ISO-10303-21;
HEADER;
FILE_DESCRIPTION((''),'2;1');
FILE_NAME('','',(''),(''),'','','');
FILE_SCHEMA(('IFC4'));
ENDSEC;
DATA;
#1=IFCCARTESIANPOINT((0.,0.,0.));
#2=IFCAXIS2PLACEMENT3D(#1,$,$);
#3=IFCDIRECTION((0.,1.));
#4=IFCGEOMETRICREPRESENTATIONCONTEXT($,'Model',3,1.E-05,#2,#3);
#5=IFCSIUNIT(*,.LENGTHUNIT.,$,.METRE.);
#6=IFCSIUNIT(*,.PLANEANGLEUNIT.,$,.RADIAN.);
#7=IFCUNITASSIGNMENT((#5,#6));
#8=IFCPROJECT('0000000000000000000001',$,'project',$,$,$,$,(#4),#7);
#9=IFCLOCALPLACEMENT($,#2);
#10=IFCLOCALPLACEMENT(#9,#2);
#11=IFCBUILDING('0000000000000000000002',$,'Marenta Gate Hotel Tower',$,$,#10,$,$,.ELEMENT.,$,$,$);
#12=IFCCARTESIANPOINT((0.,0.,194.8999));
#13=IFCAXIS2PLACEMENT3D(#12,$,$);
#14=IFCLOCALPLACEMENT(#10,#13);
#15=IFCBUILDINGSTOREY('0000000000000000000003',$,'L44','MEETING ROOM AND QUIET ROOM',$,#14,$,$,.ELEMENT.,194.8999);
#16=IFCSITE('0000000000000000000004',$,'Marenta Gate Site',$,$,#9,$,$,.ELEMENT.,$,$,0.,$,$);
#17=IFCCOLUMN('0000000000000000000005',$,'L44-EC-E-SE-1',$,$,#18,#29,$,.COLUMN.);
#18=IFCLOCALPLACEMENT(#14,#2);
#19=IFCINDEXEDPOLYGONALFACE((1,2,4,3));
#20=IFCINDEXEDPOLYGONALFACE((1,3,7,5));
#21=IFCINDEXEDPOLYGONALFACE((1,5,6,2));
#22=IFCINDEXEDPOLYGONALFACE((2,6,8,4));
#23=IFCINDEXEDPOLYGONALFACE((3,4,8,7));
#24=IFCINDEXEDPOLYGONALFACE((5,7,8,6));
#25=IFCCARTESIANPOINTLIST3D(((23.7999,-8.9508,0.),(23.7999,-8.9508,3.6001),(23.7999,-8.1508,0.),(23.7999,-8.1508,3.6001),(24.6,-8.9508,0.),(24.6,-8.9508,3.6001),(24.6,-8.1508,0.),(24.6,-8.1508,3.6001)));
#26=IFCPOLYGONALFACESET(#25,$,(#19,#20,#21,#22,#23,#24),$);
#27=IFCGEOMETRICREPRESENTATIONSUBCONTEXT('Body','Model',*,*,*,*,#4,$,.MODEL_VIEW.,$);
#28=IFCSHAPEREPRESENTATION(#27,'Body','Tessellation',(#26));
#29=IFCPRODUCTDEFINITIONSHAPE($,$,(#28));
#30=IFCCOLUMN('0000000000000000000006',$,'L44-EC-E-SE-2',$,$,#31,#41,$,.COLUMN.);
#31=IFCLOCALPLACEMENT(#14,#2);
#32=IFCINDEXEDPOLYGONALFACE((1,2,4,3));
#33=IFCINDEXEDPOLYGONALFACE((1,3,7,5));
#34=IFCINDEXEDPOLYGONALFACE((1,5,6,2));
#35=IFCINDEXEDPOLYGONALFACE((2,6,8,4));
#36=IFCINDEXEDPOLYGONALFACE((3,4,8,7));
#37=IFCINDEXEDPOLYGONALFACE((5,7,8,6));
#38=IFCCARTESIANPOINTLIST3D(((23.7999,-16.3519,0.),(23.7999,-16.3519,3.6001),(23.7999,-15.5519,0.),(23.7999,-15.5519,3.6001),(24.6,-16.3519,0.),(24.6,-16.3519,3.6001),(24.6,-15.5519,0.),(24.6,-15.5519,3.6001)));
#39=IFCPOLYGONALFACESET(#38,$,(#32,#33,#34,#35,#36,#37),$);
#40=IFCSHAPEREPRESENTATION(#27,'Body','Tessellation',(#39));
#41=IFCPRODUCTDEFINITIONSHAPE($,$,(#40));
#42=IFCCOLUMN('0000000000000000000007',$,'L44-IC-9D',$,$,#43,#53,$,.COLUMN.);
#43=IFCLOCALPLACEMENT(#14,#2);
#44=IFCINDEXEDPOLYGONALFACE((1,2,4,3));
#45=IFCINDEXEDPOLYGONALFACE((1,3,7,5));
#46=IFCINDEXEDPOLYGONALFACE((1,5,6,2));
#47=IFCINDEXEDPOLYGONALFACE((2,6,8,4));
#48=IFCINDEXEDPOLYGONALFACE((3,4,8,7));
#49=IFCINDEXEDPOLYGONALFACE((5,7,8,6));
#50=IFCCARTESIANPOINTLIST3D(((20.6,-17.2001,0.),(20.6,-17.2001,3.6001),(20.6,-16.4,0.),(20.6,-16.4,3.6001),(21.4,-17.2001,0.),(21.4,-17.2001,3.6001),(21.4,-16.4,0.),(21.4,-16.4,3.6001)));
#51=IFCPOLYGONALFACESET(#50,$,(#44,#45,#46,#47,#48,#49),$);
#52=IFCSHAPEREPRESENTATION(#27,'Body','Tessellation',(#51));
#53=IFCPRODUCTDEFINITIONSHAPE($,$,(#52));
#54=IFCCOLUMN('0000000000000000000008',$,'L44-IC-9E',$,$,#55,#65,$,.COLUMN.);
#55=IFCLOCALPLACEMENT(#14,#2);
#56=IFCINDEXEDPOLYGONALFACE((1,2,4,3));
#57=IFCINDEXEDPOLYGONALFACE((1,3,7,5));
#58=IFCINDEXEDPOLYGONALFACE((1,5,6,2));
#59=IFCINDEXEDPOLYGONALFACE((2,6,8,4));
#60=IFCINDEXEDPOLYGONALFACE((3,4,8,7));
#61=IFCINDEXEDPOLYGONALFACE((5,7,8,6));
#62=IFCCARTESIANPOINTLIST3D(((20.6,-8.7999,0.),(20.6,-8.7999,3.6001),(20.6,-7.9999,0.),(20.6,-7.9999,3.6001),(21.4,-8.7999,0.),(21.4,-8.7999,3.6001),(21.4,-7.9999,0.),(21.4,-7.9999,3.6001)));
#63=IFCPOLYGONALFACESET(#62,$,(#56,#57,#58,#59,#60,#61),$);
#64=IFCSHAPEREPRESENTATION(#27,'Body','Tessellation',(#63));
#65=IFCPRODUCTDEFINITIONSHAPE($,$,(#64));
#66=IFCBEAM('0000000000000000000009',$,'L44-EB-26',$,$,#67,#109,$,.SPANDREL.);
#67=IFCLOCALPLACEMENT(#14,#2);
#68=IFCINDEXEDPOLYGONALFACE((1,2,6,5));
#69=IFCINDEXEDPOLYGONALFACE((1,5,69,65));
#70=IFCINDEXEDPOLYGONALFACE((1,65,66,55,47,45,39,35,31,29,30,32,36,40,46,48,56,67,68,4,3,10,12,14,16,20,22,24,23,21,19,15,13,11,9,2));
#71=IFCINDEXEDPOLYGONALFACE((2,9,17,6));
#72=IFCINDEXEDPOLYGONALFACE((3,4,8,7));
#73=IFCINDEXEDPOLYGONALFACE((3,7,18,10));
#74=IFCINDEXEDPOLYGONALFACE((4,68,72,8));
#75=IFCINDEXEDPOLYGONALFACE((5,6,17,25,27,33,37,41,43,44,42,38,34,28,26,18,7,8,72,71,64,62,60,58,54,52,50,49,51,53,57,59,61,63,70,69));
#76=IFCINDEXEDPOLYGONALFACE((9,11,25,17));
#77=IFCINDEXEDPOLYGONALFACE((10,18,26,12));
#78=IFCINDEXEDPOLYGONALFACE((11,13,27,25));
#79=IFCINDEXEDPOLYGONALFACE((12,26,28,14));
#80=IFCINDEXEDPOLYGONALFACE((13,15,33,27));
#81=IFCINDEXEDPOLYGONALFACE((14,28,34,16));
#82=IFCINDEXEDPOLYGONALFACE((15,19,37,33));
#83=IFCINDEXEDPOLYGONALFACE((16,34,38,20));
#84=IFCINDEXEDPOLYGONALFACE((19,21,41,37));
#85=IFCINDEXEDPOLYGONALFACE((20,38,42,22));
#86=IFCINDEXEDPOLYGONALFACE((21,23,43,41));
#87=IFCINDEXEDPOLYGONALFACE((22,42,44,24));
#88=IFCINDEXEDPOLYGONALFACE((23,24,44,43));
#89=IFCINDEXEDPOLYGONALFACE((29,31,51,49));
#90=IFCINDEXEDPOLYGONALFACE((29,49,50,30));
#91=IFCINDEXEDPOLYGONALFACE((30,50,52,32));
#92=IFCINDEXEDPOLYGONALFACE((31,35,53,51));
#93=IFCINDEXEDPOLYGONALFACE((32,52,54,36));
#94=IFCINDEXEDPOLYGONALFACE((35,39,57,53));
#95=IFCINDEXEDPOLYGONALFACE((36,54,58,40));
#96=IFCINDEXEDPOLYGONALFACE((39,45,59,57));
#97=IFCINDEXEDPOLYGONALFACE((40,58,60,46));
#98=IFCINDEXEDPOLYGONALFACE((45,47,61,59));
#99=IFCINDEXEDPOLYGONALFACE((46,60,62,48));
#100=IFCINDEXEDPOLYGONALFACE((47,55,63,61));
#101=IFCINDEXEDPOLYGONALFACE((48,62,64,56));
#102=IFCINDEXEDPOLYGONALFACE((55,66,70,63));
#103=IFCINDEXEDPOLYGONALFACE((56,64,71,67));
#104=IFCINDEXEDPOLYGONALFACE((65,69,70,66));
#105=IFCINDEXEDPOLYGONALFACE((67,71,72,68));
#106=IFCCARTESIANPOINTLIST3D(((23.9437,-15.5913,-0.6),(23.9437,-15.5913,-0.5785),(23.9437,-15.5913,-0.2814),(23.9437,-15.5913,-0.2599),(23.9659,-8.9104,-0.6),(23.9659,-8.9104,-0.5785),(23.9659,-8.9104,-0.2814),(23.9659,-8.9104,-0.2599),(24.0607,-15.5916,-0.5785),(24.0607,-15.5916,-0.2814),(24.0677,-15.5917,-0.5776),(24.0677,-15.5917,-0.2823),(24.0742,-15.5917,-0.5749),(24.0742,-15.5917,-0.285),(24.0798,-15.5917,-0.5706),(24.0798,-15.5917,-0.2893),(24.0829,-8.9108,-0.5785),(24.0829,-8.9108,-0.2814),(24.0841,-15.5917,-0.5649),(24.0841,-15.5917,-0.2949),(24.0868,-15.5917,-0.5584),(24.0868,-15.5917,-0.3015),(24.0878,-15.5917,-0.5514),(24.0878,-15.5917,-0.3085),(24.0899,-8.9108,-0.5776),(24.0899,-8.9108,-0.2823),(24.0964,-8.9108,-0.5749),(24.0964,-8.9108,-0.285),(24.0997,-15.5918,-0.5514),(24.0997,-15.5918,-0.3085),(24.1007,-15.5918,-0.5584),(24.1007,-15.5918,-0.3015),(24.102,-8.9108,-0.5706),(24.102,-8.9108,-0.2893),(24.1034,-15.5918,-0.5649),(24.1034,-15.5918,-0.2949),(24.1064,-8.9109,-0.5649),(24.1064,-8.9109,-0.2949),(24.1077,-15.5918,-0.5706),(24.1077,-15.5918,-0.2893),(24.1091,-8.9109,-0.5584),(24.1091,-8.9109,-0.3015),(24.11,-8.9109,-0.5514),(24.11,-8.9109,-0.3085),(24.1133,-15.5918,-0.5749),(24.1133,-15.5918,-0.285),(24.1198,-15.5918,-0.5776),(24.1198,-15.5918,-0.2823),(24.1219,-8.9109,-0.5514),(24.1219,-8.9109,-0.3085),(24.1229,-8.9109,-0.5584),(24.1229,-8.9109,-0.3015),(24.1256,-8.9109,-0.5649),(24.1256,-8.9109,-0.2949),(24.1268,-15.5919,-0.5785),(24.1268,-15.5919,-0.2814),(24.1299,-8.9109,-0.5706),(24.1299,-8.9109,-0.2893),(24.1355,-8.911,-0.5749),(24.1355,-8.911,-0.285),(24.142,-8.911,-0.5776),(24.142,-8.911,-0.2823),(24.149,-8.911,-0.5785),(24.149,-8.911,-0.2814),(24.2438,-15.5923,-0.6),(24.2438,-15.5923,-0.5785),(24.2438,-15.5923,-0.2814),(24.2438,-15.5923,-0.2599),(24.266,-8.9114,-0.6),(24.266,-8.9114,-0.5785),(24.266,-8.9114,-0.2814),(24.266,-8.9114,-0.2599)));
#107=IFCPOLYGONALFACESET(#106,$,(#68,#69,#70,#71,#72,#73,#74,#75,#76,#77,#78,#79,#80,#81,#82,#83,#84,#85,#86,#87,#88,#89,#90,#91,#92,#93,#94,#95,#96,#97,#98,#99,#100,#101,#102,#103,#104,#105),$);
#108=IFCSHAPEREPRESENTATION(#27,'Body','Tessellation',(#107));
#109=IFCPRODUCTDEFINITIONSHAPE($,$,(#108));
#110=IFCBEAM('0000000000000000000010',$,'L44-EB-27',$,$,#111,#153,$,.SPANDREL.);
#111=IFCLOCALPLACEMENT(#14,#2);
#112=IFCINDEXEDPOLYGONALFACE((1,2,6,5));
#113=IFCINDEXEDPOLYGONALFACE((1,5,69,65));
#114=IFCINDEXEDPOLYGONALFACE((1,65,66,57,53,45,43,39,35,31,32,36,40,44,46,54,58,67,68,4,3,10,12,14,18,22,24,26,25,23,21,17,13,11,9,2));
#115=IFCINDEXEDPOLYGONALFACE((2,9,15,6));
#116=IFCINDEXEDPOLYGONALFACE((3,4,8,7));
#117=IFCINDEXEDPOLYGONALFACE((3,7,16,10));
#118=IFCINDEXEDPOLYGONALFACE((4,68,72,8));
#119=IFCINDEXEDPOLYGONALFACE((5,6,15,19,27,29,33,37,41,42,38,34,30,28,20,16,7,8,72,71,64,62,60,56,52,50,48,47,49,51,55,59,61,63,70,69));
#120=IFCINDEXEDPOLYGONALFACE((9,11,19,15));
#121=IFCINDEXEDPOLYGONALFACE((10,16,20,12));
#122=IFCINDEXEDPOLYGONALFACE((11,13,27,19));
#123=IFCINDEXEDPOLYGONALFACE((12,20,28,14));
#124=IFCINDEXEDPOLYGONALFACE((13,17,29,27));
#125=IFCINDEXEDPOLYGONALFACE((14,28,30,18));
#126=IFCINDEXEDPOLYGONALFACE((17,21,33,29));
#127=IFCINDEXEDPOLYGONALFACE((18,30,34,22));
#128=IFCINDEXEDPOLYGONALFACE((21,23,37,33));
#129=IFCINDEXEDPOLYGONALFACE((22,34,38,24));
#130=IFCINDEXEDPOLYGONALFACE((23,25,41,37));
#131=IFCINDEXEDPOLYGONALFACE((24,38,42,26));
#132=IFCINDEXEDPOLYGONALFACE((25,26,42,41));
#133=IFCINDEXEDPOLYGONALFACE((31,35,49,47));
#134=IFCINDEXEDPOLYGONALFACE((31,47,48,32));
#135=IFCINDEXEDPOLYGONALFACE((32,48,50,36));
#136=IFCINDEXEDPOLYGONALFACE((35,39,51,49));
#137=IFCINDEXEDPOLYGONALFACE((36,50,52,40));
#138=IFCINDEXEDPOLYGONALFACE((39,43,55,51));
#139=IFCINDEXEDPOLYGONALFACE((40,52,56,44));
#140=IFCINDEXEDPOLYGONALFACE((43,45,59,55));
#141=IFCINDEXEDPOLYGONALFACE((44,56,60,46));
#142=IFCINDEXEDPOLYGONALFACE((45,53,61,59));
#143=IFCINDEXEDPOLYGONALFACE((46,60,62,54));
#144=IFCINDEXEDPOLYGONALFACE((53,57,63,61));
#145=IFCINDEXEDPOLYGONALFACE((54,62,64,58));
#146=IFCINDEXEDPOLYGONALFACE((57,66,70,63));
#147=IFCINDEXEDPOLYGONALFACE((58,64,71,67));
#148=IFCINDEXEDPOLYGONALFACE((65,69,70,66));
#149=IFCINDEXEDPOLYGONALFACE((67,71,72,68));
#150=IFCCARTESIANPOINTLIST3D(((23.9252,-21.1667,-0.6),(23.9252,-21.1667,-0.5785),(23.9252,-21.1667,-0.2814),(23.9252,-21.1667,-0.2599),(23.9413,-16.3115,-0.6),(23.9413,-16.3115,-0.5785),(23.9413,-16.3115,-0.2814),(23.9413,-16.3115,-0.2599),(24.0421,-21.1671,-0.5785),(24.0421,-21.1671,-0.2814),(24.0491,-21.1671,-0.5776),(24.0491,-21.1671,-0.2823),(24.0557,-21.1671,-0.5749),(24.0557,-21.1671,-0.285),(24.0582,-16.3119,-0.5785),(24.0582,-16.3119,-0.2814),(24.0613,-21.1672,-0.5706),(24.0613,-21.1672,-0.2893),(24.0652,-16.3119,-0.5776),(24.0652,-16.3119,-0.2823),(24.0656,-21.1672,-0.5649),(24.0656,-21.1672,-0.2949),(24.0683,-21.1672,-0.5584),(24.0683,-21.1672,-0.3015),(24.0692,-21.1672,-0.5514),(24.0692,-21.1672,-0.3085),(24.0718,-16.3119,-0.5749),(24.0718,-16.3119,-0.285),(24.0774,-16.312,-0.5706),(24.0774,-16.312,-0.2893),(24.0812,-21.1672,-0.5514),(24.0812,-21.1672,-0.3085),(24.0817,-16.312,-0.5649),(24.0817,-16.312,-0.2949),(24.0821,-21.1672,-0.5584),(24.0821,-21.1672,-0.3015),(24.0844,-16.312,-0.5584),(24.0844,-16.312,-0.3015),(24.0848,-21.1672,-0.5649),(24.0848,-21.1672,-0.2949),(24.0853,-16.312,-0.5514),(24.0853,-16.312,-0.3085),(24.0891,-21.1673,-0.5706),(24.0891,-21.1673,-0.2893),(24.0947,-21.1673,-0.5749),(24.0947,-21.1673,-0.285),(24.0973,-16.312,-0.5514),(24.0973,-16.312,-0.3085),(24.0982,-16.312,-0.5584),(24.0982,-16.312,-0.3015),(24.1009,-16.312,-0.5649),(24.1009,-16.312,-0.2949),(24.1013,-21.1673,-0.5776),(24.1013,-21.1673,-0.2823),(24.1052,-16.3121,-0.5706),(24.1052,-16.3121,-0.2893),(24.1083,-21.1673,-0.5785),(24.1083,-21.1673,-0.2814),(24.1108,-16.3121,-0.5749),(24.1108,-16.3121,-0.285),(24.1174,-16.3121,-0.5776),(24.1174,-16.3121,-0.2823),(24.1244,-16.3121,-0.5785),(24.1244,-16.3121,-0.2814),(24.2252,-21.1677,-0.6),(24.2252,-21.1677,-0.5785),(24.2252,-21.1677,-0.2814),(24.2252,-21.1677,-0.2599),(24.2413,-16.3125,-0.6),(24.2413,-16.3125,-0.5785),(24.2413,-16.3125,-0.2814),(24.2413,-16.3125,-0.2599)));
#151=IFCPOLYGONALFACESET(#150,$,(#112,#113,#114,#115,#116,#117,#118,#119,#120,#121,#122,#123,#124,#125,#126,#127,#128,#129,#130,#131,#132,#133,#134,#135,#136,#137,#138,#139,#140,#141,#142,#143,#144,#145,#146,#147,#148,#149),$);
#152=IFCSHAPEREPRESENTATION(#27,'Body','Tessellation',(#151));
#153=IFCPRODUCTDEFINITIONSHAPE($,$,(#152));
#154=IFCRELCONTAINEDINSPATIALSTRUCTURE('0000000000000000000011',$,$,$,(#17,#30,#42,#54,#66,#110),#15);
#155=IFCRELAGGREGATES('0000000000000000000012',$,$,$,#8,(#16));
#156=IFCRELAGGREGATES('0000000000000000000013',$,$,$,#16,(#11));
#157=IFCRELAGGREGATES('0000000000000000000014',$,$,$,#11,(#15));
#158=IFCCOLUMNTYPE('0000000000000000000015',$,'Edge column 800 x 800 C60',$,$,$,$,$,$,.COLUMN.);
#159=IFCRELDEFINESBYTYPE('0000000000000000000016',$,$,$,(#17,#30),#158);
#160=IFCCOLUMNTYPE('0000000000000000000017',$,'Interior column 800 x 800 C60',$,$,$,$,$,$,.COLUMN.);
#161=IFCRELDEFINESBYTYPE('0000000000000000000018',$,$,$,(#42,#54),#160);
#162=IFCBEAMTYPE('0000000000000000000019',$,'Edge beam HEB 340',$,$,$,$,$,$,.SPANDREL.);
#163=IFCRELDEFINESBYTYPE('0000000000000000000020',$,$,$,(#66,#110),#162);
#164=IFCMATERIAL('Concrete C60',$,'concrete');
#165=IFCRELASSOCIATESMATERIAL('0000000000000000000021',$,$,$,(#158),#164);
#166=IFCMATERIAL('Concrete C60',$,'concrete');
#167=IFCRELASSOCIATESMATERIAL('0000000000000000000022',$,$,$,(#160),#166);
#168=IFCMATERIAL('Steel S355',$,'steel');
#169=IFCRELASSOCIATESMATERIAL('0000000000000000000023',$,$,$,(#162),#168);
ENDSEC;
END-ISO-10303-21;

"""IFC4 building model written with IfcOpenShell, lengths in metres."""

from ifc_helpers import new_model, si_unit, direction, frame, origin, origin_2d, place, context, subcontext, project, spatial, rectangle, i_section, extrude, material, material_profile, profile_set, type_object, element, save


model = new_model("IFC4")

# Units and contexts
model_context = context("Model", 3, precision=1e-05, world=origin(), true_north=direction((0.0, 1.0)))
body_context = subcontext(model_context, "Body", "Model", "MODEL_VIEW")
ifc_project = project(units=[si_unit("LENGTHUNIT", "METRE"), si_unit("PLANEANGLEUNIT", "RADIAN")], contexts=[model_context])

# Site, building, storey
site_placement = place(None, origin())
site = spatial("IfcSite", under=ifc_project, at=site_placement, Name="Marenta Gate Site", CompositionType="ELEMENT", RefElevation=0.0)
building_placement = place(site_placement, origin())
building = spatial("IfcBuilding", under=site, at=building_placement, Name="Marenta Gate Hotel Tower", CompositionType="ELEMENT")
storey_placement = place(building_placement, frame((0.0, 0.0, 194.8999)))
storey = spatial("IfcBuildingStorey", under=building, at=storey_placement, Name="L44", Description="MEETING ROOM AND QUIET ROOM", CompositionType="ELEMENT", Elevation=194.8999)

# Columns
ifc_material_1 = material(Name="Concrete C60", Category="concrete")
ifc_material_profile_1 = material_profile(ifc_material_1, rectangle(XDim=0.8, YDim=0.8, at=origin_2d()), Name="800 x 800")
ifc_profile_set_1 = profile_set([ifc_material_profile_1], Name="Concrete C60")
column_type_1 = type_object("IfcColumnType", Name="Edge column 800 x 800 C60", PredefinedType="COLUMN", material=ifc_profile_set_1)
for number, where, z_axis, x_axis, name in (
    (1, (24.2, -8.5508, 0.0), (0.0, 0.0, 1.0), (1.0, 0.0, 0.0), "L44-EC-E-SE-1"),
    (2, (24.2, -15.9519, 0.0), (0.0, 0.0, 1.0), (1.0, 0.0, 0.0), "L44-EC-E-SE-2"),
):
    element("IfcColumn", number, at=place(storey_placement, frame(where, z_axis=z_axis, x_axis=x_axis)), inside=storey, type_object=column_type_1, Name=name, PredefinedType="COLUMN", context=body_context, shape_type="SweptSolid", body=[
        extrude(rectangle(XDim=0.8, YDim=0.8, at=origin_2d()), origin(), (0.0, 0.0, 1.0), 3.6001),
    ])
ifc_material_2 = material(Name="Concrete C60", Category="concrete")
ifc_material_profile_2 = material_profile(ifc_material_2, rectangle(XDim=0.8, YDim=0.8, at=origin_2d()), Name="800 x 800")
ifc_profile_set_2 = profile_set([ifc_material_profile_2], Name="Concrete C60")
column_type_2 = type_object("IfcColumnType", Name="Interior column 800 x 800 C60", PredefinedType="COLUMN", material=ifc_profile_set_2)
for number, where, z_axis, x_axis, name in (
    (3, (21.0, -16.8, 0.0), (0.0, 0.0, 1.0), (1.0, 0.0, 0.0), "L44-IC-9D"),
    (4, (21.0, -8.3999, 0.0), (0.0, 0.0, 1.0), (1.0, 0.0, 0.0), "L44-IC-9E"),
):
    element("IfcColumn", number, at=place(storey_placement, frame(where, z_axis=z_axis, x_axis=x_axis)), inside=storey, type_object=column_type_2, Name=name, PredefinedType="COLUMN", context=body_context, shape_type="SweptSolid", body=[
        extrude(rectangle(XDim=0.8, YDim=0.8, at=origin_2d()), origin(), (0.0, 0.0, 1.0), 3.6001),
    ])

# Beams
ifc_material_3 = material(Name="Steel S355", Category="steel")
ifc_material_profile_3 = material_profile(ifc_material_3, i_section(OverallWidth=0.3, OverallDepth=0.3401, WebThickness=0.012, FlangeThickness=0.0215, FilletRadius=0.0271, at=origin_2d()), Name="HEB 340")
ifc_profile_set_3 = profile_set([ifc_material_profile_3], Name="Steel S355")
beam_type_1 = type_object("IfcBeamType", Name="Edge beam HEB 340", PredefinedType="SPANDREL", material=ifc_profile_set_3)
beam_1_placement = place(storey_placement, frame((24.116, -8.9109, -0.4299), z_axis=(-0.003325, -0.999994, 0.0), x_axis=(0.999994, -0.003325, 0.0)))
element("IfcBeam", 5, at=beam_1_placement, inside=storey, type_object=beam_type_1, Name="L44-EB-26", PredefinedType="SPANDREL", context=body_context, shape_type="SweptSolid", body=[
    extrude(i_section(OverallWidth=0.3, OverallDepth=0.3401, WebThickness=0.012, FlangeThickness=0.0215, FilletRadius=0.0271, at=origin_2d()), origin(), (0.0, 0.0, 1.0), 6.6809),
])
beam_2_placement = place(storey_placement, frame((24.0913, -16.312, -0.4299), z_axis=(-0.003319, -0.999994, 0.0), x_axis=(0.999994, -0.003319, 0.0)))
element("IfcBeam", 6, at=beam_2_placement, inside=storey, type_object=beam_type_1, Name="L44-EB-27", PredefinedType="SPANDREL", context=body_context, shape_type="SweptSolid", body=[
    extrude(i_section(OverallWidth=0.3, OverallDepth=0.3401, WebThickness=0.012, FlangeThickness=0.0215, FilletRadius=0.0271, at=origin_2d()), origin(), (0.0, 0.0, 1.0), 4.8552),
])

save(model, "model.ifc")
